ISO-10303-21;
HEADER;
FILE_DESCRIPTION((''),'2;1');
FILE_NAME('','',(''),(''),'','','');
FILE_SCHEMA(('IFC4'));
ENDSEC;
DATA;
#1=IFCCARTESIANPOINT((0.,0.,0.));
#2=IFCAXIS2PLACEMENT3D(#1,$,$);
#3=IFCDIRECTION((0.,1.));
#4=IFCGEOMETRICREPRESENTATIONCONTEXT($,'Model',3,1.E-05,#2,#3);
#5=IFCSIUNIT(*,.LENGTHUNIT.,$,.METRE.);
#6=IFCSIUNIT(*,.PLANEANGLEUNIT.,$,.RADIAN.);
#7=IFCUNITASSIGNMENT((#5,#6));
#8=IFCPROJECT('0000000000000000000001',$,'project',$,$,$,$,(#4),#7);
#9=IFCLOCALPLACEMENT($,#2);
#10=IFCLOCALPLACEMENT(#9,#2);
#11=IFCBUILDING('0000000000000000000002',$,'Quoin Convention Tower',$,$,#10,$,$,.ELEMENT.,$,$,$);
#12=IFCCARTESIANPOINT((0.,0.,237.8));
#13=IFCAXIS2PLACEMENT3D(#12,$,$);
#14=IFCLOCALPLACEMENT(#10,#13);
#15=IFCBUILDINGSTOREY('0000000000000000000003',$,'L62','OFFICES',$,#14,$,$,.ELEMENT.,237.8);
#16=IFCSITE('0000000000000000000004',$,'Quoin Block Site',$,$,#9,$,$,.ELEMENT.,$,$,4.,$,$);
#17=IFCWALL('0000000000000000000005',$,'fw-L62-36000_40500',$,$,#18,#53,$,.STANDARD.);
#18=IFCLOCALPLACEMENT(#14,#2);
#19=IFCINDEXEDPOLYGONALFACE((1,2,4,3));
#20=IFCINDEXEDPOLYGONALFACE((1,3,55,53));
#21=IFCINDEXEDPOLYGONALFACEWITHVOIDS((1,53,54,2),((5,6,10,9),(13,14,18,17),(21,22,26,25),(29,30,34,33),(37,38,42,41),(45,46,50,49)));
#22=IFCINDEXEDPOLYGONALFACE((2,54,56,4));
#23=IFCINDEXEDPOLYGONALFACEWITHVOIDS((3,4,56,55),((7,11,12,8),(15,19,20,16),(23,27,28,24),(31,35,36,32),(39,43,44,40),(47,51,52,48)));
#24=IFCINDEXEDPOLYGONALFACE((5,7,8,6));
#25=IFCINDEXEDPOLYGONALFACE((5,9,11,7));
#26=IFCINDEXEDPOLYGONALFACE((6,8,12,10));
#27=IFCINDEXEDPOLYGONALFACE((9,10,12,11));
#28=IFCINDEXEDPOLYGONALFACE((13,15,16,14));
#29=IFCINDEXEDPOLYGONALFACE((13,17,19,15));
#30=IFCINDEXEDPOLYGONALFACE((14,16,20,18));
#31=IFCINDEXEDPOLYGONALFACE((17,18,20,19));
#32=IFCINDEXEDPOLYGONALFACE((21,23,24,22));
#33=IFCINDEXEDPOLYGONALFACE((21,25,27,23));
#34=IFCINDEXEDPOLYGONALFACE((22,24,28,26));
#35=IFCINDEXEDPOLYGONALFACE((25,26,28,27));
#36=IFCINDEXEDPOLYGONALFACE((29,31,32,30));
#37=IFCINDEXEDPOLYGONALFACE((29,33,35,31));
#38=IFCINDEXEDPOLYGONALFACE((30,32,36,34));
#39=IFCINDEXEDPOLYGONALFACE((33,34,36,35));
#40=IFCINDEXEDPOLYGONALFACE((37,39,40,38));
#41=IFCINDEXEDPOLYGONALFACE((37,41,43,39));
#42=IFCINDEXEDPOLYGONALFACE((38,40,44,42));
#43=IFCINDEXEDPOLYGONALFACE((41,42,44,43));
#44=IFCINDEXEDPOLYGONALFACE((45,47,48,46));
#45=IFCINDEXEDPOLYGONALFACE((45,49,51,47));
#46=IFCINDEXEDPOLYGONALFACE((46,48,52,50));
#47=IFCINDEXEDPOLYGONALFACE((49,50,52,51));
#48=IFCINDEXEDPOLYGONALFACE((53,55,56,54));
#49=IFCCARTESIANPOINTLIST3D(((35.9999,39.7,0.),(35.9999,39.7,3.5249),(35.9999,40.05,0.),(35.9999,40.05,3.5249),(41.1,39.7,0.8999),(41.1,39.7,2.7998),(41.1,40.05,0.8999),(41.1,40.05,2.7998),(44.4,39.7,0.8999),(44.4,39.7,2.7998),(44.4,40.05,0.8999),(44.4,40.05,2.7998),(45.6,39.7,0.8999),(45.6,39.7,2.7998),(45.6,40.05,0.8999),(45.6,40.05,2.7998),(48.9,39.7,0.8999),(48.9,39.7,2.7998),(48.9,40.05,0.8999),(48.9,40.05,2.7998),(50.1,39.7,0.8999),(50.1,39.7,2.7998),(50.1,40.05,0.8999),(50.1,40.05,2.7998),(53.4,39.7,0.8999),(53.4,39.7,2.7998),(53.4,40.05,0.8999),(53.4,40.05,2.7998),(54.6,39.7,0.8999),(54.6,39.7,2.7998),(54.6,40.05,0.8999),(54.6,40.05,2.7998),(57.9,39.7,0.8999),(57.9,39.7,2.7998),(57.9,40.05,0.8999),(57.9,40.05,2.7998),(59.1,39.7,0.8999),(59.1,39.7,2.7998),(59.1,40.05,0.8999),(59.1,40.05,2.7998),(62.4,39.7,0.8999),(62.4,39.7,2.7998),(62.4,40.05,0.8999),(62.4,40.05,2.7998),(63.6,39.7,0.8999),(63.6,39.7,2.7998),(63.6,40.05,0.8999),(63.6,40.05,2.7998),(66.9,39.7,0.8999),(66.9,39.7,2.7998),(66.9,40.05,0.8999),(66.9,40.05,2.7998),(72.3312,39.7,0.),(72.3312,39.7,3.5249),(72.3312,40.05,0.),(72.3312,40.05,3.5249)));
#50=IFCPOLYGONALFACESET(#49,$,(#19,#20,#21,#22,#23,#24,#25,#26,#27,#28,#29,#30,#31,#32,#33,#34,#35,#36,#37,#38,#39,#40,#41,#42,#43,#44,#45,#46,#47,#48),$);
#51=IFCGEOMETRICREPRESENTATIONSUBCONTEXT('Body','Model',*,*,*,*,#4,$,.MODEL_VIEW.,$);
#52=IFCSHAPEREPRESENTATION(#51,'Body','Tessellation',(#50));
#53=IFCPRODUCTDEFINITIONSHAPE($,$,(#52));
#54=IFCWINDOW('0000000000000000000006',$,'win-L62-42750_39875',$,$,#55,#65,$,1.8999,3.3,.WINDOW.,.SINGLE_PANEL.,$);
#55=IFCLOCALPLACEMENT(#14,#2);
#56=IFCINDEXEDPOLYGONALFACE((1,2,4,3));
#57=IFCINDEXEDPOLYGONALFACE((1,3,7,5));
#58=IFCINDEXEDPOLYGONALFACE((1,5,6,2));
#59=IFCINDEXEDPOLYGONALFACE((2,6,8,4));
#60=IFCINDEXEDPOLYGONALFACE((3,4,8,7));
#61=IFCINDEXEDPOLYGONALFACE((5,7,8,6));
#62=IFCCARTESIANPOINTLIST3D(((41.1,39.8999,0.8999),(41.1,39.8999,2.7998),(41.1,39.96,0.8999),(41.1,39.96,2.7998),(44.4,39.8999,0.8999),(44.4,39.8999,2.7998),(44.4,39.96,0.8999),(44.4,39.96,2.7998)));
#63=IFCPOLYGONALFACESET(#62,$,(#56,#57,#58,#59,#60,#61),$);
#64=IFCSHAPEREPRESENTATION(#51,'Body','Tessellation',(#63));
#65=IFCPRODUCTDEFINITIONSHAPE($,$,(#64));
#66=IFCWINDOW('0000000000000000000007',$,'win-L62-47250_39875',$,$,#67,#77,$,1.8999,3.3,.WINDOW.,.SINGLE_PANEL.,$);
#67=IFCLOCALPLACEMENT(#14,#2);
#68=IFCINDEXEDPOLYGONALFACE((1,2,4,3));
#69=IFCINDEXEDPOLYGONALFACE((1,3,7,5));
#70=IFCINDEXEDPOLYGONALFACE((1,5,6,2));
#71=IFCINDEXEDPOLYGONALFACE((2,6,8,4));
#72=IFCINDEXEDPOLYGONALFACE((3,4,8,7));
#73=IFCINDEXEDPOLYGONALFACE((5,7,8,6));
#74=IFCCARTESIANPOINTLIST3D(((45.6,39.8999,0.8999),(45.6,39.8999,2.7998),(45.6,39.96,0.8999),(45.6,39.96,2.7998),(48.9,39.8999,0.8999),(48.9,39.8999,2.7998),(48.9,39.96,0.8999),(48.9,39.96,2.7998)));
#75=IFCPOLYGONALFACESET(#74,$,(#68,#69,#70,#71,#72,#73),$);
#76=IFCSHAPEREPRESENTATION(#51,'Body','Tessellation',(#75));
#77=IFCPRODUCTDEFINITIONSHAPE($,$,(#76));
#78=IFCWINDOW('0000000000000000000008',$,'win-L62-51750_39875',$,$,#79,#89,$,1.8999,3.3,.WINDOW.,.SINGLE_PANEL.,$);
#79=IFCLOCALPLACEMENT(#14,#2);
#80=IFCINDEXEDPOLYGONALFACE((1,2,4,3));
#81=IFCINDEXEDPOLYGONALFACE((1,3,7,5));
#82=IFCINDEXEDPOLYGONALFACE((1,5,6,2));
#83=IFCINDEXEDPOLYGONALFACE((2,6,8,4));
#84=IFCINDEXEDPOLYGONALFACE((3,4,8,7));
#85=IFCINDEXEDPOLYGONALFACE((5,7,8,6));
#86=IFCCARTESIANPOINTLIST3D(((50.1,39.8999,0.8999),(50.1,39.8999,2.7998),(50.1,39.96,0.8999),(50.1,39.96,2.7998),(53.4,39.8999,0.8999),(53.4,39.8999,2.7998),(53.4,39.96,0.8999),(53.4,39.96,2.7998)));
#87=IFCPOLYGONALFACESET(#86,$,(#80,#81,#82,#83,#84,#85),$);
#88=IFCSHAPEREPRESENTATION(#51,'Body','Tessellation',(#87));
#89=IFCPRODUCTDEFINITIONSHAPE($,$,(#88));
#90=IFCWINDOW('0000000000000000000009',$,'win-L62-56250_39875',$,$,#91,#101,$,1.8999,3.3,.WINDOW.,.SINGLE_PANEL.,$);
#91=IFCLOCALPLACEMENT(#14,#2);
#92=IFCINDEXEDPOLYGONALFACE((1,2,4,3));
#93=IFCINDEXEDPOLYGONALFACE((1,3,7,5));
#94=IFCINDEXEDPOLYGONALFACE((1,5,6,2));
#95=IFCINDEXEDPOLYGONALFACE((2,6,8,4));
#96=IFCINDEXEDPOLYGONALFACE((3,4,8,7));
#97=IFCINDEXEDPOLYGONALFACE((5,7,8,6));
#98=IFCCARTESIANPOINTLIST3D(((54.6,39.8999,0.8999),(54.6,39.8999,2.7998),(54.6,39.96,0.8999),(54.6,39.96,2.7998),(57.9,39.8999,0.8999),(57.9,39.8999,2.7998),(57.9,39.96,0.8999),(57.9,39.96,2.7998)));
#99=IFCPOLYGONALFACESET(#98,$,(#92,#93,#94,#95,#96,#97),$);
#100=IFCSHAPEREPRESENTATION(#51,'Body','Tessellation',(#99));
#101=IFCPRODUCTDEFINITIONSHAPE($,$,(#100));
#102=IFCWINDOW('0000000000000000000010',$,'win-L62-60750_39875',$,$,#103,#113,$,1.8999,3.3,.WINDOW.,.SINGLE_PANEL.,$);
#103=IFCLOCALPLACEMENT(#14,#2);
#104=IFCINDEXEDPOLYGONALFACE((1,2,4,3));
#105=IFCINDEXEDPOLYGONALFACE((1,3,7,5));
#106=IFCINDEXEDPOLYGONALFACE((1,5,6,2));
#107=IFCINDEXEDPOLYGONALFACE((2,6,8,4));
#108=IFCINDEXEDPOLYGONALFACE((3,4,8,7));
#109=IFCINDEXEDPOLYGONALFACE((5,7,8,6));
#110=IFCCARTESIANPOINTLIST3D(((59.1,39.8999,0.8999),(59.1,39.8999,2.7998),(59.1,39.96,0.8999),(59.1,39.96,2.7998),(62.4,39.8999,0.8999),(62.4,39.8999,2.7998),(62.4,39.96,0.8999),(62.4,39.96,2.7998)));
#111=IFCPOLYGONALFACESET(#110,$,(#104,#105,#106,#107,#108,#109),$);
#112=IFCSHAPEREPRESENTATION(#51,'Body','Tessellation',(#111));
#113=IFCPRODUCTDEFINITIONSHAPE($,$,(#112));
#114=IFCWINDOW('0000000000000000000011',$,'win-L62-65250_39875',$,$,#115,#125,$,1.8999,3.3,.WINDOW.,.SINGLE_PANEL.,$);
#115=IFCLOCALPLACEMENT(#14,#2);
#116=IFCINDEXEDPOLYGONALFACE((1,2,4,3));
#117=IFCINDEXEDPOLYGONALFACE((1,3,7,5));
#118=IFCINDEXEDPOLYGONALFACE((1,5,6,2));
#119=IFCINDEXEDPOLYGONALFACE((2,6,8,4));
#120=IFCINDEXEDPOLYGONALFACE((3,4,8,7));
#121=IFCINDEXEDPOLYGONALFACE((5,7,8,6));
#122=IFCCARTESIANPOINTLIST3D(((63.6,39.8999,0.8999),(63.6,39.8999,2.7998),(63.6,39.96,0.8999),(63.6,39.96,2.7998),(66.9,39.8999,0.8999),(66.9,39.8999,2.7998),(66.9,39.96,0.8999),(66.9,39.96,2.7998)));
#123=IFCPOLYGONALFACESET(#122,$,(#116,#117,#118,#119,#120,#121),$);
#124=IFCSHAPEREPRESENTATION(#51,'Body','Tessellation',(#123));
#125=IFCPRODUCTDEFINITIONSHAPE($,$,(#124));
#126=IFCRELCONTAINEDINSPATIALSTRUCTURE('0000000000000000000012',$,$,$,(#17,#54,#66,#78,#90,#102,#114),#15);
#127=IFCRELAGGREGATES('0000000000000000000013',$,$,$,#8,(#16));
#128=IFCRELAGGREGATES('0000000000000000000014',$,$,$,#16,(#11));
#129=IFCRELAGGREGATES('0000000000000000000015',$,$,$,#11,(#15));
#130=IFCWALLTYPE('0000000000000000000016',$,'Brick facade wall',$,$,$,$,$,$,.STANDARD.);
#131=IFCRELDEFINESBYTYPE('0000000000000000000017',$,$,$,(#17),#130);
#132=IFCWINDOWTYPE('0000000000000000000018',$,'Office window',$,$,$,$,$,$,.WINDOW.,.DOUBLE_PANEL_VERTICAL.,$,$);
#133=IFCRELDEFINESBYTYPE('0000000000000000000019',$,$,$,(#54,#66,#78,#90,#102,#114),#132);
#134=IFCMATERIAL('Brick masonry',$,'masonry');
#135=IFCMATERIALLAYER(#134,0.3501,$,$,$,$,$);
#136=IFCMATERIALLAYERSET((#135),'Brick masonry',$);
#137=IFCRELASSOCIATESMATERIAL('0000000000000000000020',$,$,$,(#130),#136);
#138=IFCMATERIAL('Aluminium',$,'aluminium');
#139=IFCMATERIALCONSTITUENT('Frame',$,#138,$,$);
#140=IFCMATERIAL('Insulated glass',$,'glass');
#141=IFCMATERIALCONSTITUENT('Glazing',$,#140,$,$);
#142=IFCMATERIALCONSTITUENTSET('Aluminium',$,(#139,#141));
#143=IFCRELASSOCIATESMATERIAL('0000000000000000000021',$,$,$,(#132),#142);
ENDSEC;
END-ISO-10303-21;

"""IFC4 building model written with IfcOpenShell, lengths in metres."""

from ifc_helpers import new_model, si_unit, direction, frame, frame_2d, origin, place, context, subcontext, project, spatial, rectangle, extrude, material, layer, layer_set, constituent, constituent_set, type_object, element, fill, save


model = new_model("IFC4")

# Units and contexts
model_context = context("Model", 3, precision=1e-05, world=origin(), true_north=direction((0.0, 1.0)))
body_context = subcontext(model_context, "Body", "Model", "MODEL_VIEW")
ifc_project = project(units=[si_unit("LENGTHUNIT", "METRE"), si_unit("PLANEANGLEUNIT", "RADIAN")], contexts=[model_context])

# Site, building, storey
site_placement = place(None, origin())
site = spatial("IfcSite", under=ifc_project, at=site_placement, Name="Quoin Block Site", CompositionType="ELEMENT", RefElevation=4.0)
building_placement = place(site_placement, origin())
building = spatial("IfcBuilding", under=site, at=building_placement, Name="Quoin Convention Tower", CompositionType="ELEMENT")
storey_placement = place(building_placement, frame((0.0, 0.0, 237.8)))
storey = spatial("IfcBuildingStorey", under=building, at=storey_placement, Name="L62", Description="OFFICES", CompositionType="ELEMENT", Elevation=237.8)

# Wall, openings, windows
ifc_material_1 = material(Name="Brick masonry", Category="masonry")
ifc_layer_1 = layer(ifc_material_1, 0.3501)
ifc_layer_set_1 = layer_set([ifc_layer_1], Name="Brick masonry")
wall_type = type_object("IfcWallType", Name="Brick facade wall", PredefinedType="STANDARD", material=ifc_layer_set_1)
wall_1_placement = place(storey_placement, frame((36.0, 39.875, 0.0), z_axis=(0.0, 0.0, 1.0), x_axis=(1.0, 0.0, 0.0)))
wall_1 = element("IfcWall", 1, at=wall_1_placement, inside=storey, type_object=wall_type, Name="fw-L62-36000_40500", PredefinedType="STANDARD", context=body_context, shape_type="SweptSolid", body=[
    extrude(rectangle(XDim=36.3313, YDim=0.3501, at=frame_2d((18.1655, 0.0))), origin(), (0.0, 0.0, 1.0), 3.5249),
])
opening_1_placement = place(wall_1_placement, frame((5.1001, 0.0, 0.8999)))
opening_1 = element("IfcOpeningElement", 2, at=opening_1_placement, cuts=wall_1, PredefinedType="OPENING", context=body_context, shape_type="SweptSolid", body=[
    extrude(rectangle(XDim=3.3, YDim=1.8999, at=frame_2d((1.6499, 0.95))), frame((0.0, 0.1851, 0.0), z_axis=(0.0, -1.0, 0.0), x_axis=(1.0, 0.0, 0.0)), (0.0, 0.0, 1.0), 0.3701),
])
opening_2_placement = place(wall_1_placement, frame((9.6001, 0.0, 0.8999)))
opening_2 = element("IfcOpeningElement", 3, at=opening_2_placement, cuts=wall_1, PredefinedType="OPENING", context=body_context, shape_type="SweptSolid", body=[
    extrude(rectangle(XDim=3.3, YDim=1.8999, at=frame_2d((1.6499, 0.95))), frame((0.0, 0.1851, 0.0), z_axis=(0.0, -1.0, 0.0), x_axis=(1.0, 0.0, 0.0)), (0.0, 0.0, 1.0), 0.3701),
])
opening_3_placement = place(wall_1_placement, frame((14.1001, 0.0, 0.8999)))
opening_3 = element("IfcOpeningElement", 4, at=opening_3_placement, cuts=wall_1, PredefinedType="OPENING", context=body_context, shape_type="SweptSolid", body=[
    extrude(rectangle(XDim=3.3, YDim=1.8999, at=frame_2d((1.6499, 0.95))), frame((0.0, 0.1851, 0.0), z_axis=(0.0, -1.0, 0.0), x_axis=(1.0, 0.0, 0.0)), (0.0, 0.0, 1.0), 0.3701),
])
opening_4_placement = place(wall_1_placement, frame((18.6001, 0.0, 0.8999)))
opening_4 = element("IfcOpeningElement", 5, at=opening_4_placement, cuts=wall_1, PredefinedType="OPENING", context=body_context, shape_type="SweptSolid", body=[
    extrude(rectangle(XDim=3.3, YDim=1.8999, at=frame_2d((1.6499, 0.95))), frame((0.0, 0.1851, 0.0), z_axis=(0.0, -1.0, 0.0), x_axis=(1.0, 0.0, 0.0)), (0.0, 0.0, 1.0), 0.3701),
])
opening_5_placement = place(wall_1_placement, frame((23.1001, 0.0, 0.8999)))
opening_5 = element("IfcOpeningElement", 6, at=opening_5_placement, cuts=wall_1, PredefinedType="OPENING", context=body_context, shape_type="SweptSolid", body=[
    extrude(rectangle(XDim=3.3, YDim=1.8999, at=frame_2d((1.6499, 0.95))), frame((0.0, 0.1851, 0.0), z_axis=(0.0, -1.0, 0.0), x_axis=(1.0, 0.0, 0.0)), (0.0, 0.0, 1.0), 0.3701),
])
opening_6_placement = place(wall_1_placement, frame((27.6001, 0.0, 0.8999)))
opening_6 = element("IfcOpeningElement", 7, at=opening_6_placement, cuts=wall_1, PredefinedType="OPENING", context=body_context, shape_type="SweptSolid", body=[
    extrude(rectangle(XDim=3.3, YDim=1.8999, at=frame_2d((1.6499, 0.95))), frame((0.0, 0.1851, 0.0), z_axis=(0.0, -1.0, 0.0), x_axis=(1.0, 0.0, 0.0)), (0.0, 0.0, 1.0), 0.3701),
])
ifc_material_2 = material(Name="Aluminium", Category="aluminium")
ifc_constituent_1 = constituent(ifc_material_2, Name="Frame")
ifc_material_3 = material(Name="Insulated glass", Category="glass")
ifc_constituent_2 = constituent(ifc_material_3, Name="Glazing")
ifc_constituent_set = constituent_set(constituents=[ifc_constituent_1, ifc_constituent_2], Name="Aluminium")
window_type = type_object("IfcWindowType", Name="Office window", PartitioningType="DOUBLE_PANEL_VERTICAL", PredefinedType="WINDOW", material=ifc_constituent_set)
window_1_placement = place(opening_1_placement, origin())
window_1 = element("IfcWindow", 8, at=window_1_placement, inside=storey, type_object=window_type, Name="win-L62-42750_39875", OverallHeight=1.8999, OverallWidth=3.3, PartitioningType="SINGLE_PANEL", PredefinedType="WINDOW", context=body_context, shape_type="SweptSolid", body=[
    extrude(rectangle(XDim=3.3, YDim=1.8999, at=frame_2d((1.6499, 0.95))), frame((0.0, 0.085, 0.0), z_axis=(0.0, -1.0, 0.0), x_axis=(1.0, 0.0, 0.0)), (0.0, 0.0, 1.0), 0.0601),
])
fill(opening_1, window_1)
window_2_placement = place(opening_2_placement, origin())
window_2 = element("IfcWindow", 9, at=window_2_placement, inside=storey, type_object=window_type, Name="win-L62-47250_39875", OverallHeight=1.8999, OverallWidth=3.3, PartitioningType="SINGLE_PANEL", PredefinedType="WINDOW", context=body_context, shape_type="SweptSolid", body=[
    extrude(rectangle(XDim=3.3, YDim=1.8999, at=frame_2d((1.6499, 0.95))), frame((0.0, 0.085, 0.0), z_axis=(0.0, -1.0, 0.0), x_axis=(1.0, 0.0, 0.0)), (0.0, 0.0, 1.0), 0.0601),
])
fill(opening_2, window_2)
window_3_placement = place(opening_3_placement, origin())
window_3 = element("IfcWindow", 10, at=window_3_placement, inside=storey, type_object=window_type, Name="win-L62-51750_39875", OverallHeight=1.8999, OverallWidth=3.3, PartitioningType="SINGLE_PANEL", PredefinedType="WINDOW", context=body_context, shape_type="SweptSolid", body=[
    extrude(rectangle(XDim=3.3, YDim=1.8999, at=frame_2d((1.6499, 0.95))), frame((0.0, 0.085, 0.0), z_axis=(0.0, -1.0, 0.0), x_axis=(1.0, 0.0, 0.0)), (0.0, 0.0, 1.0), 0.0601),
])
fill(opening_3, window_3)
window_4_placement = place(opening_4_placement, origin())
window_4 = element("IfcWindow", 11, at=window_4_placement, inside=storey, type_object=window_type, Name="win-L62-56250_39875", OverallHeight=1.8999, OverallWidth=3.3, PartitioningType="SINGLE_PANEL", PredefinedType="WINDOW", context=body_context, shape_type="SweptSolid", body=[
    extrude(rectangle(XDim=3.3, YDim=1.8999, at=frame_2d((1.6499, 0.95))), frame((0.0, 0.085, 0.0), z_axis=(0.0, -1.0, 0.0), x_axis=(1.0, 0.0, 0.0)), (0.0, 0.0, 1.0), 0.0601),
])
fill(opening_4, window_4)
window_5_placement = place(opening_5_placement, origin())
window_5 = element("IfcWindow", 12, at=window_5_placement, inside=storey, type_object=window_type, Name="win-L62-60750_39875", OverallHeight=1.8999, OverallWidth=3.3, PartitioningType="SINGLE_PANEL", PredefinedType="WINDOW", context=body_context, shape_type="SweptSolid", body=[
    extrude(rectangle(XDim=3.3, YDim=1.8999, at=frame_2d((1.6499, 0.95))), frame((0.0, 0.085, 0.0), z_axis=(0.0, -1.0, 0.0), x_axis=(1.0, 0.0, 0.0)), (0.0, 0.0, 1.0), 0.0601),
])
fill(opening_5, window_5)
window_6_placement = place(opening_6_placement, origin())
window_6 = element("IfcWindow", 13, at=window_6_placement, inside=storey, type_object=window_type, Name="win-L62-65250_39875", OverallHeight=1.8999, OverallWidth=3.3, PartitioningType="SINGLE_PANEL", PredefinedType="WINDOW", context=body_context, shape_type="SweptSolid", body=[
    extrude(rectangle(XDim=3.3, YDim=1.8999, at=frame_2d((1.6499, 0.95))), frame((0.0, 0.085, 0.0), z_axis=(0.0, -1.0, 0.0), x_axis=(1.0, 0.0, 0.0)), (0.0, 0.0, 1.0), 0.0601),
])
fill(opening_6, window_6)

save(model, "model.ifc")
